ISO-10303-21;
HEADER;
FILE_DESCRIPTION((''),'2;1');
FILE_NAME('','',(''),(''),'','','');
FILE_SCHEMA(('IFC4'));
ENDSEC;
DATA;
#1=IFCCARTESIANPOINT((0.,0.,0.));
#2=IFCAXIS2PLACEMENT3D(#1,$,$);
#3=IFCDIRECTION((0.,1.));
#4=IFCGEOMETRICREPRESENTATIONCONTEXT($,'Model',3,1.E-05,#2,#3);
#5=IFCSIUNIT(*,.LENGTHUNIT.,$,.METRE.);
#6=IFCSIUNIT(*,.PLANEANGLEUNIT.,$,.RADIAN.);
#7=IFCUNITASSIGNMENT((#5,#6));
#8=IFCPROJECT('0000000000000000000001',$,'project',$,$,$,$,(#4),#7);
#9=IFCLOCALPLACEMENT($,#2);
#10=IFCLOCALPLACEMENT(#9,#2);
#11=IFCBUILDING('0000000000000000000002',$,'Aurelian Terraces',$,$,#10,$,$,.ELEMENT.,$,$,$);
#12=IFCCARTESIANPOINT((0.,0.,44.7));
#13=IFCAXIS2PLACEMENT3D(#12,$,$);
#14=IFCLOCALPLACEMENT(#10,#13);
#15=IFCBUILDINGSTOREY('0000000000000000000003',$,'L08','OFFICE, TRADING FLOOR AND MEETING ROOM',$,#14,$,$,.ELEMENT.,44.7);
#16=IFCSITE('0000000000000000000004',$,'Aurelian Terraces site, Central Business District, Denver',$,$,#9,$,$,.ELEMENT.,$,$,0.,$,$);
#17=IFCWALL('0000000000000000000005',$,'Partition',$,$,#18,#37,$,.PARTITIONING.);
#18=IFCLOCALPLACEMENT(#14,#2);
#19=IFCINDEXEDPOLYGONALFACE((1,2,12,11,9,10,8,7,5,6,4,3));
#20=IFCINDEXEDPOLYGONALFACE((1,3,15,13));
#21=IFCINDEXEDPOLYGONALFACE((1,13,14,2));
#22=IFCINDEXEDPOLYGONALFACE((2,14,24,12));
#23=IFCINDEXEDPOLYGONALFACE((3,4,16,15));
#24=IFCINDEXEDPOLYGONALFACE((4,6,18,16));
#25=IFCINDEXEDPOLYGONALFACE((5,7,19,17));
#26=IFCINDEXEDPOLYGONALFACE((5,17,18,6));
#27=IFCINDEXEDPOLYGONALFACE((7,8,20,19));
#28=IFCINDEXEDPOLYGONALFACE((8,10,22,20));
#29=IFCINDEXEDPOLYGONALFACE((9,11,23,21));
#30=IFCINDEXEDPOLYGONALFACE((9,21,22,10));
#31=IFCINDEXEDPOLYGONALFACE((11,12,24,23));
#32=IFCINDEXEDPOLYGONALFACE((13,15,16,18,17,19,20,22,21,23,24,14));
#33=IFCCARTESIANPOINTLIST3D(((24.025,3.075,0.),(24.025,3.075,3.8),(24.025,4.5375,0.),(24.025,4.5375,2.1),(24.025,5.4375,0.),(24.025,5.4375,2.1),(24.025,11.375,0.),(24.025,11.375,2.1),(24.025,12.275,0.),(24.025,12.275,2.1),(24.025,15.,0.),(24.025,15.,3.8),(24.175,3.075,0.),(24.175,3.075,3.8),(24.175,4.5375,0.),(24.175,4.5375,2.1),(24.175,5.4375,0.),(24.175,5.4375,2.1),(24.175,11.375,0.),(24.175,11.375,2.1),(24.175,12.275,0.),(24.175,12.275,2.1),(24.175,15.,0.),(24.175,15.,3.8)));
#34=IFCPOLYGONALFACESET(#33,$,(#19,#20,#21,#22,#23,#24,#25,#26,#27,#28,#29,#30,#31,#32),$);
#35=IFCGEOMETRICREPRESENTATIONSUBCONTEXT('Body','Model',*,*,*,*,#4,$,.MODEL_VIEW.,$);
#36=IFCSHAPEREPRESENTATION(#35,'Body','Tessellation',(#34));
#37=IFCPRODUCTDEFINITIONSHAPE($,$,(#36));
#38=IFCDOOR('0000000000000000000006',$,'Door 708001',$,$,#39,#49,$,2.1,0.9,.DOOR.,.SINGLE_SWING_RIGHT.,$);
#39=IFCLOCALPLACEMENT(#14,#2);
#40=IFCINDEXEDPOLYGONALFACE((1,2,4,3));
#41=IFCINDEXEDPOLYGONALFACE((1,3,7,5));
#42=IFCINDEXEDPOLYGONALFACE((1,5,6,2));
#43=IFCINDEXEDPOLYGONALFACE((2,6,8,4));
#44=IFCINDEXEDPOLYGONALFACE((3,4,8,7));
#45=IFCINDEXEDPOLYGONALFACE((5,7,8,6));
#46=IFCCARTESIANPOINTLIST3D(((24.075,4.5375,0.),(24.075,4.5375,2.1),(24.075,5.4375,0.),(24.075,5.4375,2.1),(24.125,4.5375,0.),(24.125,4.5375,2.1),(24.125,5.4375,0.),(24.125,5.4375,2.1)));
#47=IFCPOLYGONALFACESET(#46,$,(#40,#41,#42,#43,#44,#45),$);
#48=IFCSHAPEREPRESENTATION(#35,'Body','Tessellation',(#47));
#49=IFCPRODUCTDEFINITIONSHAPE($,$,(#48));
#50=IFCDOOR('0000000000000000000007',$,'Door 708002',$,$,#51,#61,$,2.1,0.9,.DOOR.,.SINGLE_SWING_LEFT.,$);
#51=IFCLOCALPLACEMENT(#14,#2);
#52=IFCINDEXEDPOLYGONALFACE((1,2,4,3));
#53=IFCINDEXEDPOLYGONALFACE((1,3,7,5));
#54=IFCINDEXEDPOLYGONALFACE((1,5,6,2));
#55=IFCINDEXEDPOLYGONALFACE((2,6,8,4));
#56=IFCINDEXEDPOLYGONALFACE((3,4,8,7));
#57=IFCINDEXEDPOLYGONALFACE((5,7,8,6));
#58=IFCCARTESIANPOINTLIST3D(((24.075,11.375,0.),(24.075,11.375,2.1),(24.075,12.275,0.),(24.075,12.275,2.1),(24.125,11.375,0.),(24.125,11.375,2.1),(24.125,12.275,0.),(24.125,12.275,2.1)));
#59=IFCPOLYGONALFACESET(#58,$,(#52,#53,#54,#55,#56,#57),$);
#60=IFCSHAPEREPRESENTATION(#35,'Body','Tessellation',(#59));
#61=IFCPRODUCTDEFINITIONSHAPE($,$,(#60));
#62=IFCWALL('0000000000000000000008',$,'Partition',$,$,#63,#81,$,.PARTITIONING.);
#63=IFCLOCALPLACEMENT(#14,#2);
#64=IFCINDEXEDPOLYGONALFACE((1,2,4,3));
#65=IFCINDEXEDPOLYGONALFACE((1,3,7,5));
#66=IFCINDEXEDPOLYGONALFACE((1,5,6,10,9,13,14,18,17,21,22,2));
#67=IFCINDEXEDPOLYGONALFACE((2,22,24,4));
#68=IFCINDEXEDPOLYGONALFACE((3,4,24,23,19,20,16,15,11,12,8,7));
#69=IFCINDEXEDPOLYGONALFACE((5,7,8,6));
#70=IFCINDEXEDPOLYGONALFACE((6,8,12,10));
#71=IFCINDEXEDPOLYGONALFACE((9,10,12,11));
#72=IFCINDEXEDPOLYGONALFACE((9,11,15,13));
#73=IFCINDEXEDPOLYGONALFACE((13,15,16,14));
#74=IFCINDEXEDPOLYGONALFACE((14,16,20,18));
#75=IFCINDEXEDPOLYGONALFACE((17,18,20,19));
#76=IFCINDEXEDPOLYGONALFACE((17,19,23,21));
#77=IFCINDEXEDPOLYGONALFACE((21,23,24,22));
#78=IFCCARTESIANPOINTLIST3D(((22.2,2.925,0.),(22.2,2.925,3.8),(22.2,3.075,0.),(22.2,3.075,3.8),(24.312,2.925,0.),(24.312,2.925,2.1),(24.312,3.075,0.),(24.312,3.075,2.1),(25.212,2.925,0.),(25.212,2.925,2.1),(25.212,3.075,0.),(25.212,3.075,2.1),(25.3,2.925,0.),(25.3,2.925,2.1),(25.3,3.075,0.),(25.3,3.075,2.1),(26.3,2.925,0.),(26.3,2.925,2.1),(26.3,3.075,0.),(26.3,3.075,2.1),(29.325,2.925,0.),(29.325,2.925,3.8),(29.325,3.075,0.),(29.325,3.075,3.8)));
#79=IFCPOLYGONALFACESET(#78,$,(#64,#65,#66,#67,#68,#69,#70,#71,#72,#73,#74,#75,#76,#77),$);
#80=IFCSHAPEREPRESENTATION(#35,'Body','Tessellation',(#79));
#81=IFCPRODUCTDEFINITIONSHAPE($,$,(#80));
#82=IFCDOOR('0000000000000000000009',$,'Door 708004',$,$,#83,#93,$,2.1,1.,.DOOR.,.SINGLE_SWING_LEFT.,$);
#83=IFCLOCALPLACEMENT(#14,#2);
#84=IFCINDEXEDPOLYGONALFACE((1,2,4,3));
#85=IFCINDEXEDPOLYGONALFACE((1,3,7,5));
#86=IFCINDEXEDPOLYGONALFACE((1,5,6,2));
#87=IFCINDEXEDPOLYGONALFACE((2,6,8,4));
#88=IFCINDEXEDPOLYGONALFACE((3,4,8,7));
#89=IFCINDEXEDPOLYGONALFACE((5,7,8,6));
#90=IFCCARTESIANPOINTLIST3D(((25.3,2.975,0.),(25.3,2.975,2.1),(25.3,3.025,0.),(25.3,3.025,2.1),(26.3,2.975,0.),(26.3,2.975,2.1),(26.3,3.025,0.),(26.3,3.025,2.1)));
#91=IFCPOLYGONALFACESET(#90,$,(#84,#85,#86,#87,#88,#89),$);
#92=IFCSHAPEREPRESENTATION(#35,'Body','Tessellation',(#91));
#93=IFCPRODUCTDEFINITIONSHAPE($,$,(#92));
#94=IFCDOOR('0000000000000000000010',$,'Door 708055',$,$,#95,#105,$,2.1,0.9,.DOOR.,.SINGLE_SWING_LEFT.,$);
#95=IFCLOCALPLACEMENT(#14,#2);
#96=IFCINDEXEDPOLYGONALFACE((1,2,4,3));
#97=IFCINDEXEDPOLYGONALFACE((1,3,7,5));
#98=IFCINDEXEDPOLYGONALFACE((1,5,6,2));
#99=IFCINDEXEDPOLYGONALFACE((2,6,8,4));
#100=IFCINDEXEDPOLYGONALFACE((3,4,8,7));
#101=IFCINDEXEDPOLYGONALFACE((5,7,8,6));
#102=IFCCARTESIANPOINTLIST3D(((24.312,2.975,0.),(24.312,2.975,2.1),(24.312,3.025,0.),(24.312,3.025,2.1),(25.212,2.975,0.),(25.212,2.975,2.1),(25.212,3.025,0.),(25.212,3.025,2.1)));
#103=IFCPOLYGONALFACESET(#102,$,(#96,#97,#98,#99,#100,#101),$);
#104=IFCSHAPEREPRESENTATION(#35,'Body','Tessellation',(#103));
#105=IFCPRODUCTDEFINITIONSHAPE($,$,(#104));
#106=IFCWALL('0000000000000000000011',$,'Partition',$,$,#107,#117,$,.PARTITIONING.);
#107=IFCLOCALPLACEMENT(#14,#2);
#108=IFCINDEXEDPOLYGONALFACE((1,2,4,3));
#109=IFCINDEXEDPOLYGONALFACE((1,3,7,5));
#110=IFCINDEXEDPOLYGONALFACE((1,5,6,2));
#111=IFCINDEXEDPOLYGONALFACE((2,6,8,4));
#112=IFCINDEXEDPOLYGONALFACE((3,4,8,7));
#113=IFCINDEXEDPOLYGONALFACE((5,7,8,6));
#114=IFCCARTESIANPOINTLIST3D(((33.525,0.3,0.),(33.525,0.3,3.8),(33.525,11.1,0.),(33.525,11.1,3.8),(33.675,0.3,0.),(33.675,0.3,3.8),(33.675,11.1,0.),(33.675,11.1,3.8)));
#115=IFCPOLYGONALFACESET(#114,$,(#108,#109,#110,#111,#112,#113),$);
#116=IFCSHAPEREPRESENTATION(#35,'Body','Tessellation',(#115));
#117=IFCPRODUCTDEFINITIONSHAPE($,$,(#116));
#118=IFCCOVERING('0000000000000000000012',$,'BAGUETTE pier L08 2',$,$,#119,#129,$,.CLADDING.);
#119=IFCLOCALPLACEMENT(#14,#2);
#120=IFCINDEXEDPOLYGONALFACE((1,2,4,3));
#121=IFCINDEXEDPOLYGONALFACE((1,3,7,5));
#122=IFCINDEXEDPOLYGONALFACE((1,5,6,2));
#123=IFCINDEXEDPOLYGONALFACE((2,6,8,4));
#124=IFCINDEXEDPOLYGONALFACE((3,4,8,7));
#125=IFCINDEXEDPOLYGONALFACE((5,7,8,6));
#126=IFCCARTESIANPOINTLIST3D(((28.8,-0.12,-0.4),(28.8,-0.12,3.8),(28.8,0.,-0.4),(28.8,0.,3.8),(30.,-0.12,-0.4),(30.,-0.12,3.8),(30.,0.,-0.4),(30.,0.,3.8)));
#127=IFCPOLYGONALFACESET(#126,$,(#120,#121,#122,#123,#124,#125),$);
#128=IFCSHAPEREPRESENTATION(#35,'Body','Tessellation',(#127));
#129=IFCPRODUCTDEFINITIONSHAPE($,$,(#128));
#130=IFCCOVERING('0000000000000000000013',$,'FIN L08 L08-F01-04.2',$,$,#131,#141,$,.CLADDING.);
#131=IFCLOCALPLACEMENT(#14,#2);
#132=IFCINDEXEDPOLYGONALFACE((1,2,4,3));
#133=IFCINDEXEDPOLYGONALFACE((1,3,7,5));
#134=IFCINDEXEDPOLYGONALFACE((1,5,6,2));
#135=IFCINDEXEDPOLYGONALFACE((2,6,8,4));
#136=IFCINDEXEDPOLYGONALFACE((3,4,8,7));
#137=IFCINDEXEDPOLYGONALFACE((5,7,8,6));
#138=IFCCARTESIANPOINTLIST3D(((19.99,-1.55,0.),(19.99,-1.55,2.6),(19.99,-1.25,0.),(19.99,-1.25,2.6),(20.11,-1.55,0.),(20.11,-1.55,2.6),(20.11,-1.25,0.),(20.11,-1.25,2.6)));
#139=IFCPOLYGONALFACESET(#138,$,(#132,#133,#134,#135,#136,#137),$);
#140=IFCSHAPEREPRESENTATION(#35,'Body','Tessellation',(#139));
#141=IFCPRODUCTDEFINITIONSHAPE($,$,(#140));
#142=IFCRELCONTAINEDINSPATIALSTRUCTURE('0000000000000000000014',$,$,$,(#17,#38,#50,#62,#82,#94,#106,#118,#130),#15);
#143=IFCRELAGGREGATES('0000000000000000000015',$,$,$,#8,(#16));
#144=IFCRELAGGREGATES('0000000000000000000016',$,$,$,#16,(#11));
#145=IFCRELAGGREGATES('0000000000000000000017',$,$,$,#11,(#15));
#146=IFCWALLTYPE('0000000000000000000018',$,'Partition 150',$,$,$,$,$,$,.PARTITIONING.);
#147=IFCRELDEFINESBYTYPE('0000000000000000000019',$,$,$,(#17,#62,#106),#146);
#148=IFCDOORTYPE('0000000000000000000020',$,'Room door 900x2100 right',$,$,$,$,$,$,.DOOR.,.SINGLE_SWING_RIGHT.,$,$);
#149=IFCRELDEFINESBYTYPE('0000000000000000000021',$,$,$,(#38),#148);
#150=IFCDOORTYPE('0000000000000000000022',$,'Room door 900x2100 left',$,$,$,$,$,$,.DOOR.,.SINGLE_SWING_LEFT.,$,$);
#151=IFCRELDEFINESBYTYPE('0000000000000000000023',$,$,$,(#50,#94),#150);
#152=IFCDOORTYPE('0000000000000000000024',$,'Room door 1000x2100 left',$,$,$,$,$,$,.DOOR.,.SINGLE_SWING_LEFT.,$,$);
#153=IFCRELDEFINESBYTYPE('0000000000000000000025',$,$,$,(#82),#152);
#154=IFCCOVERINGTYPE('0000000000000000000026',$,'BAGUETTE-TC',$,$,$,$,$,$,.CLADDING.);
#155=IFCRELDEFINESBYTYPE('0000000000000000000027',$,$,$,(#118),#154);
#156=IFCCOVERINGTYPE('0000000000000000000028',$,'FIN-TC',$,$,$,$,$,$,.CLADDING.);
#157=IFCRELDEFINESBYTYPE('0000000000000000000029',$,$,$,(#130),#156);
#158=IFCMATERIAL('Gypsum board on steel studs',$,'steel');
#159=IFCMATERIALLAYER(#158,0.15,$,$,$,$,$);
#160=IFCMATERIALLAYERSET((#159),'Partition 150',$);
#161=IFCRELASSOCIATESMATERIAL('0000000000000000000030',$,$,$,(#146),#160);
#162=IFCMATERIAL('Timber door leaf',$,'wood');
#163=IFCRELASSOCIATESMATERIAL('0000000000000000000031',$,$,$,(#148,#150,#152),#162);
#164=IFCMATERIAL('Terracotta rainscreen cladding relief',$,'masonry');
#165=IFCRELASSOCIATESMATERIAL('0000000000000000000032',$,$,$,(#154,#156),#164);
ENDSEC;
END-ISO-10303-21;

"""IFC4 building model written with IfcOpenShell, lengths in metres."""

from ifc_helpers import new_model, si_unit, direction, frame, frame_2d, origin, origin_2d, place, context, subcontext, project, spatial, rectangle, extrude, source, transform, mapped, material, layer, layer_set, type_object, element, fill, save


model = new_model("IFC4")

# Units and contexts
model_context = context("Model", 3, precision=1e-05, world=origin(), true_north=direction((0.0, 1.0)))
body_context = subcontext(model_context, "Body", "Model", "MODEL_VIEW")
ifc_project = project(units=[si_unit("LENGTHUNIT", "METRE"), si_unit("PLANEANGLEUNIT", "RADIAN")], contexts=[model_context])

# Site, building, storey
site_placement = place(None, origin())
site = spatial("IfcSite", under=ifc_project, at=site_placement, Name="Aurelian Terraces site, Central Business District, Denver", CompositionType="ELEMENT", RefElevation=0.0)
building_placement = place(site_placement, origin())
building = spatial("IfcBuilding", under=site, at=building_placement, Name="Aurelian Terraces", CompositionType="ELEMENT")
storey_placement = place(building_placement, frame((0.0, 0.0, 44.7)))
storey = spatial("IfcBuildingStorey", under=building, at=storey_placement, Name="L08", Description="OFFICE, TRADING FLOOR AND MEETING ROOM", CompositionType="ELEMENT", Elevation=44.7)

# Shared definitions
ifc_material_1 = material(Name="Gypsum board on steel studs", Category="steel")
ifc_layer_1 = layer(ifc_material_1, 0.15)
ifc_layer_set_1 = layer_set([ifc_layer_1], Name="Partition 150")
wall_type_1 = type_object("IfcWallType", Name="Partition 150", PredefinedType="PARTITIONING", material=ifc_layer_set_1)

# Walls, openings, doors
shared_shape_1 = source(origin(), body_context, "Body", "SweptSolid", [
    extrude(rectangle(XDim=11.925, YDim=0.15, at=frame_2d((5.9625, 0.0))), origin(), (0.0, 0.0, 1.0), 3.8),
])
wall_1_placement = place(storey_placement, frame((24.1, 15.0, 0.0), z_axis=(0.0, 0.0, 1.0), x_axis=(0.0, -1.0, 0.0)))
wall_1 = element("IfcWall", 1, at=wall_1_placement, inside=storey, type_object=wall_type_1, Name="Partition", PredefinedType="PARTITIONING", context=body_context, shape_type="MappedRepresentation", body=[
    mapped(shared_shape_1, transform((0.0, 0.0, 0.0), scale=1.0)),
])
shared_shape_2 = source(origin(), body_context, "Body", "SweptSolid", [
    extrude(rectangle(XDim=0.9, YDim=2.1, at=frame_2d((0.45, 1.05))), frame((0.0, 0.085, 0.0), z_axis=(0.0, -1.0, 0.0), x_axis=(1.0, 0.0, 0.0)), (0.0, 0.0, 1.0), 0.17),
])
opening_1_placement = place(wall_1_placement, frame((9.5625, 0.0, 0.0)))
opening_1 = element("IfcOpeningElement", 2, at=opening_1_placement, cuts=wall_1, PredefinedType="OPENING", context=body_context, shape_type="MappedRepresentation", body=[
    mapped(shared_shape_2, transform((0.0, 0.0, 0.0), scale=1.0)),
])
opening_2_placement = place(wall_1_placement, frame((2.725, 0.0, 0.0)))
opening_2 = element("IfcOpeningElement", 3, at=opening_2_placement, cuts=wall_1, PredefinedType="OPENING", context=body_context, shape_type="MappedRepresentation", body=[
    mapped(shared_shape_2, transform((0.0, 0.0, 0.0), scale=1.0)),
])
ifc_material_2 = material(Name="Timber door leaf", Category="wood")
door_type_1 = type_object("IfcDoorType", Name="Room door 900x2100 right", OperationType="SINGLE_SWING_RIGHT", PredefinedType="DOOR", material=ifc_material_2)
shared_shape_3 = source(origin(), body_context, "Body", "SweptSolid", [
    extrude(rectangle(XDim=0.9, YDim=2.1, at=frame_2d((0.45, 1.05))), frame((0.0, 0.025, 0.0), z_axis=(0.0, -1.0, 0.0), x_axis=(1.0, 0.0, 0.0)), (0.0, 0.0, 1.0), 0.05),
])
door_1_placement = place(opening_1_placement, origin())
door_1 = element("IfcDoor", 4, at=door_1_placement, inside=storey, type_object=door_type_1, Name="Door 708001", OperationType="SINGLE_SWING_RIGHT", OverallHeight=2.1, OverallWidth=0.9, PredefinedType="DOOR", context=body_context, shape_type="MappedRepresentation", body=[
    mapped(shared_shape_3, transform((0.0, 0.0, 0.0), scale=1.0)),
])
fill(opening_1, door_1)
door_type_2 = type_object("IfcDoorType", Name="Room door 900x2100 left", OperationType="SINGLE_SWING_LEFT", PredefinedType="DOOR", material=ifc_material_2)
door_2_placement = place(opening_2_placement, origin())
door_2 = element("IfcDoor", 5, at=door_2_placement, inside=storey, type_object=door_type_2, Name="Door 708002", OperationType="SINGLE_SWING_LEFT", OverallHeight=2.1, OverallWidth=0.9, PredefinedType="DOOR", context=body_context, shape_type="MappedRepresentation", body=[
    mapped(shared_shape_3, transform((0.0, 0.0, 0.0), scale=1.0)),
])
fill(opening_2, door_2)
shared_shape_4 = source(origin(), body_context, "Body", "SweptSolid", [
    extrude(rectangle(XDim=7.125, YDim=0.15, at=frame_2d((3.5625, 0.0))), origin(), (0.0, 0.0, 1.0), 3.8),
])
wall_2_placement = place(storey_placement, frame((22.2, 3.0, 0.0), z_axis=(0.0, 0.0, 1.0), x_axis=(1.0, 0.0, 0.0)))
wall_2 = element("IfcWall", 6, at=wall_2_placement, inside=storey, type_object=wall_type_1, Name="Partition", PredefinedType="PARTITIONING", context=body_context, shape_type="MappedRepresentation", body=[
    mapped(shared_shape_4, transform((0.0, 0.0, 0.0), scale=1.0)),
])
shared_shape_5 = source(origin(), body_context, "Body", "SweptSolid", [
    extrude(rectangle(XDim=1.0, YDim=2.1, at=frame_2d((0.5, 1.05))), frame((0.0, 0.085, 0.0), z_axis=(0.0, -1.0, 0.0), x_axis=(1.0, 0.0, 0.0)), (0.0, 0.0, 1.0), 0.17),
])
opening_3_placement = place(wall_2_placement, frame((3.1, 0.0, 0.0)))
opening_3 = element("IfcOpeningElement", 7, at=opening_3_placement, cuts=wall_2, PredefinedType="OPENING", context=body_context, shape_type="MappedRepresentation", body=[
    mapped(shared_shape_5, transform((0.0, 0.0, 0.0), scale=1.0)),
])
opening_4_placement = place(wall_2_placement, frame((2.112, 0.0, 0.0)))
opening_4 = element("IfcOpeningElement", 8, at=opening_4_placement, cuts=wall_2, PredefinedType="OPENING", context=body_context, shape_type="MappedRepresentation", body=[
    mapped(shared_shape_2, transform((0.0, 0.0, 0.0), scale=1.0)),
])
door_type_3 = type_object("IfcDoorType", Name="Room door 1000x2100 left", OperationType="SINGLE_SWING_LEFT", PredefinedType="DOOR", material=ifc_material_2)
shared_shape_6 = source(origin(), body_context, "Body", "SweptSolid", [
    extrude(rectangle(XDim=1.0, YDim=2.1, at=frame_2d((0.5, 1.05))), frame((0.0, 0.025, 0.0), z_axis=(0.0, -1.0, 0.0), x_axis=(1.0, 0.0, 0.0)), (0.0, 0.0, 1.0), 0.05),
])
door_3_placement = place(opening_3_placement, origin())
door_3 = element("IfcDoor", 9, at=door_3_placement, inside=storey, type_object=door_type_3, Name="Door 708004", OperationType="SINGLE_SWING_LEFT", OverallHeight=2.1, OverallWidth=1.0, PredefinedType="DOOR", context=body_context, shape_type="MappedRepresentation", body=[
    mapped(shared_shape_6, transform((0.0, 0.0, 0.0), scale=1.0)),
])
fill(opening_3, door_3)
door_4_placement = place(opening_4_placement, origin())
door_4 = element("IfcDoor", 10, at=door_4_placement, inside=storey, type_object=door_type_2, Name="Door 708055", OperationType="SINGLE_SWING_LEFT", OverallHeight=2.1, OverallWidth=0.9, PredefinedType="DOOR", context=body_context, shape_type="MappedRepresentation", body=[
    mapped(shared_shape_3, transform((0.0, 0.0, 0.0), scale=1.0)),
])
fill(opening_4, door_4)

# Wall
shared_shape_7 = source(origin(), body_context, "Body", "SweptSolid", [
    extrude(rectangle(XDim=10.8, YDim=0.15, at=frame_2d((5.4, 0.0))), origin(), (0.0, 0.0, 1.0), 3.8),
])
wall_3_placement = place(storey_placement, frame((33.6, 0.3, 0.0), z_axis=(0.0, 0.0, 1.0), x_axis=(0.0, 1.0, 0.0)))
element("IfcWall", 11, at=wall_3_placement, inside=storey, type_object=wall_type_1, Name="Partition", PredefinedType="PARTITIONING", context=body_context, shape_type="MappedRepresentation", body=[
    mapped(shared_shape_7, transform((0.0, 0.0, 0.0), scale=1.0)),
])

# Coverings
ifc_material_3 = material(Name="Terracotta rainscreen cladding relief", Category="masonry")
covering_type_1 = type_object("IfcCoveringType", Name="BAGUETTE-TC", PredefinedType="CLADDING", material=ifc_material_3)
shared_shape_8 = source(origin(), body_context, "Body", "SweptSolid", [
    extrude(rectangle(XDim=1.2, YDim=0.12, at=origin_2d()), origin(), (0.0, 0.0, 1.0), 4.2),
])
covering_1_placement = place(storey_placement, frame((29.4, -0.06, -0.4), z_axis=(0.0, 0.0, 1.0), x_axis=(1.0, 0.0, 0.0)))
element("IfcCovering", 12, at=covering_1_placement, inside=storey, type_object=covering_type_1, Name="BAGUETTE pier L08 2", PredefinedType="CLADDING", context=body_context, shape_type="MappedRepresentation", body=[
    mapped(shared_shape_8, transform((0.0, 0.0, 0.0), scale=1.0)),
])
covering_type_2 = type_object("IfcCoveringType", Name="FIN-TC", PredefinedType="CLADDING", material=ifc_material_3)
shared_shape_9 = source(origin(), body_context, "Body", "SweptSolid", [
    extrude(rectangle(XDim=0.12, YDim=0.3, at=origin_2d()), origin(), (0.0, 0.0, 1.0), 2.6),
])
covering_2_placement = place(storey_placement, frame((20.05, -1.4, 0.0), z_axis=(0.0, 0.0, 1.0), x_axis=(1.0, 0.0, 0.0)))
element("IfcCovering", 13, at=covering_2_placement, inside=storey, type_object=covering_type_2, Name="FIN L08 L08-F01-04.2", PredefinedType="CLADDING", context=body_context, shape_type="MappedRepresentation", body=[
    mapped(shared_shape_9, transform((0.0, 0.0, 0.0), scale=1.0)),
])

save(model, "model.ifc")
